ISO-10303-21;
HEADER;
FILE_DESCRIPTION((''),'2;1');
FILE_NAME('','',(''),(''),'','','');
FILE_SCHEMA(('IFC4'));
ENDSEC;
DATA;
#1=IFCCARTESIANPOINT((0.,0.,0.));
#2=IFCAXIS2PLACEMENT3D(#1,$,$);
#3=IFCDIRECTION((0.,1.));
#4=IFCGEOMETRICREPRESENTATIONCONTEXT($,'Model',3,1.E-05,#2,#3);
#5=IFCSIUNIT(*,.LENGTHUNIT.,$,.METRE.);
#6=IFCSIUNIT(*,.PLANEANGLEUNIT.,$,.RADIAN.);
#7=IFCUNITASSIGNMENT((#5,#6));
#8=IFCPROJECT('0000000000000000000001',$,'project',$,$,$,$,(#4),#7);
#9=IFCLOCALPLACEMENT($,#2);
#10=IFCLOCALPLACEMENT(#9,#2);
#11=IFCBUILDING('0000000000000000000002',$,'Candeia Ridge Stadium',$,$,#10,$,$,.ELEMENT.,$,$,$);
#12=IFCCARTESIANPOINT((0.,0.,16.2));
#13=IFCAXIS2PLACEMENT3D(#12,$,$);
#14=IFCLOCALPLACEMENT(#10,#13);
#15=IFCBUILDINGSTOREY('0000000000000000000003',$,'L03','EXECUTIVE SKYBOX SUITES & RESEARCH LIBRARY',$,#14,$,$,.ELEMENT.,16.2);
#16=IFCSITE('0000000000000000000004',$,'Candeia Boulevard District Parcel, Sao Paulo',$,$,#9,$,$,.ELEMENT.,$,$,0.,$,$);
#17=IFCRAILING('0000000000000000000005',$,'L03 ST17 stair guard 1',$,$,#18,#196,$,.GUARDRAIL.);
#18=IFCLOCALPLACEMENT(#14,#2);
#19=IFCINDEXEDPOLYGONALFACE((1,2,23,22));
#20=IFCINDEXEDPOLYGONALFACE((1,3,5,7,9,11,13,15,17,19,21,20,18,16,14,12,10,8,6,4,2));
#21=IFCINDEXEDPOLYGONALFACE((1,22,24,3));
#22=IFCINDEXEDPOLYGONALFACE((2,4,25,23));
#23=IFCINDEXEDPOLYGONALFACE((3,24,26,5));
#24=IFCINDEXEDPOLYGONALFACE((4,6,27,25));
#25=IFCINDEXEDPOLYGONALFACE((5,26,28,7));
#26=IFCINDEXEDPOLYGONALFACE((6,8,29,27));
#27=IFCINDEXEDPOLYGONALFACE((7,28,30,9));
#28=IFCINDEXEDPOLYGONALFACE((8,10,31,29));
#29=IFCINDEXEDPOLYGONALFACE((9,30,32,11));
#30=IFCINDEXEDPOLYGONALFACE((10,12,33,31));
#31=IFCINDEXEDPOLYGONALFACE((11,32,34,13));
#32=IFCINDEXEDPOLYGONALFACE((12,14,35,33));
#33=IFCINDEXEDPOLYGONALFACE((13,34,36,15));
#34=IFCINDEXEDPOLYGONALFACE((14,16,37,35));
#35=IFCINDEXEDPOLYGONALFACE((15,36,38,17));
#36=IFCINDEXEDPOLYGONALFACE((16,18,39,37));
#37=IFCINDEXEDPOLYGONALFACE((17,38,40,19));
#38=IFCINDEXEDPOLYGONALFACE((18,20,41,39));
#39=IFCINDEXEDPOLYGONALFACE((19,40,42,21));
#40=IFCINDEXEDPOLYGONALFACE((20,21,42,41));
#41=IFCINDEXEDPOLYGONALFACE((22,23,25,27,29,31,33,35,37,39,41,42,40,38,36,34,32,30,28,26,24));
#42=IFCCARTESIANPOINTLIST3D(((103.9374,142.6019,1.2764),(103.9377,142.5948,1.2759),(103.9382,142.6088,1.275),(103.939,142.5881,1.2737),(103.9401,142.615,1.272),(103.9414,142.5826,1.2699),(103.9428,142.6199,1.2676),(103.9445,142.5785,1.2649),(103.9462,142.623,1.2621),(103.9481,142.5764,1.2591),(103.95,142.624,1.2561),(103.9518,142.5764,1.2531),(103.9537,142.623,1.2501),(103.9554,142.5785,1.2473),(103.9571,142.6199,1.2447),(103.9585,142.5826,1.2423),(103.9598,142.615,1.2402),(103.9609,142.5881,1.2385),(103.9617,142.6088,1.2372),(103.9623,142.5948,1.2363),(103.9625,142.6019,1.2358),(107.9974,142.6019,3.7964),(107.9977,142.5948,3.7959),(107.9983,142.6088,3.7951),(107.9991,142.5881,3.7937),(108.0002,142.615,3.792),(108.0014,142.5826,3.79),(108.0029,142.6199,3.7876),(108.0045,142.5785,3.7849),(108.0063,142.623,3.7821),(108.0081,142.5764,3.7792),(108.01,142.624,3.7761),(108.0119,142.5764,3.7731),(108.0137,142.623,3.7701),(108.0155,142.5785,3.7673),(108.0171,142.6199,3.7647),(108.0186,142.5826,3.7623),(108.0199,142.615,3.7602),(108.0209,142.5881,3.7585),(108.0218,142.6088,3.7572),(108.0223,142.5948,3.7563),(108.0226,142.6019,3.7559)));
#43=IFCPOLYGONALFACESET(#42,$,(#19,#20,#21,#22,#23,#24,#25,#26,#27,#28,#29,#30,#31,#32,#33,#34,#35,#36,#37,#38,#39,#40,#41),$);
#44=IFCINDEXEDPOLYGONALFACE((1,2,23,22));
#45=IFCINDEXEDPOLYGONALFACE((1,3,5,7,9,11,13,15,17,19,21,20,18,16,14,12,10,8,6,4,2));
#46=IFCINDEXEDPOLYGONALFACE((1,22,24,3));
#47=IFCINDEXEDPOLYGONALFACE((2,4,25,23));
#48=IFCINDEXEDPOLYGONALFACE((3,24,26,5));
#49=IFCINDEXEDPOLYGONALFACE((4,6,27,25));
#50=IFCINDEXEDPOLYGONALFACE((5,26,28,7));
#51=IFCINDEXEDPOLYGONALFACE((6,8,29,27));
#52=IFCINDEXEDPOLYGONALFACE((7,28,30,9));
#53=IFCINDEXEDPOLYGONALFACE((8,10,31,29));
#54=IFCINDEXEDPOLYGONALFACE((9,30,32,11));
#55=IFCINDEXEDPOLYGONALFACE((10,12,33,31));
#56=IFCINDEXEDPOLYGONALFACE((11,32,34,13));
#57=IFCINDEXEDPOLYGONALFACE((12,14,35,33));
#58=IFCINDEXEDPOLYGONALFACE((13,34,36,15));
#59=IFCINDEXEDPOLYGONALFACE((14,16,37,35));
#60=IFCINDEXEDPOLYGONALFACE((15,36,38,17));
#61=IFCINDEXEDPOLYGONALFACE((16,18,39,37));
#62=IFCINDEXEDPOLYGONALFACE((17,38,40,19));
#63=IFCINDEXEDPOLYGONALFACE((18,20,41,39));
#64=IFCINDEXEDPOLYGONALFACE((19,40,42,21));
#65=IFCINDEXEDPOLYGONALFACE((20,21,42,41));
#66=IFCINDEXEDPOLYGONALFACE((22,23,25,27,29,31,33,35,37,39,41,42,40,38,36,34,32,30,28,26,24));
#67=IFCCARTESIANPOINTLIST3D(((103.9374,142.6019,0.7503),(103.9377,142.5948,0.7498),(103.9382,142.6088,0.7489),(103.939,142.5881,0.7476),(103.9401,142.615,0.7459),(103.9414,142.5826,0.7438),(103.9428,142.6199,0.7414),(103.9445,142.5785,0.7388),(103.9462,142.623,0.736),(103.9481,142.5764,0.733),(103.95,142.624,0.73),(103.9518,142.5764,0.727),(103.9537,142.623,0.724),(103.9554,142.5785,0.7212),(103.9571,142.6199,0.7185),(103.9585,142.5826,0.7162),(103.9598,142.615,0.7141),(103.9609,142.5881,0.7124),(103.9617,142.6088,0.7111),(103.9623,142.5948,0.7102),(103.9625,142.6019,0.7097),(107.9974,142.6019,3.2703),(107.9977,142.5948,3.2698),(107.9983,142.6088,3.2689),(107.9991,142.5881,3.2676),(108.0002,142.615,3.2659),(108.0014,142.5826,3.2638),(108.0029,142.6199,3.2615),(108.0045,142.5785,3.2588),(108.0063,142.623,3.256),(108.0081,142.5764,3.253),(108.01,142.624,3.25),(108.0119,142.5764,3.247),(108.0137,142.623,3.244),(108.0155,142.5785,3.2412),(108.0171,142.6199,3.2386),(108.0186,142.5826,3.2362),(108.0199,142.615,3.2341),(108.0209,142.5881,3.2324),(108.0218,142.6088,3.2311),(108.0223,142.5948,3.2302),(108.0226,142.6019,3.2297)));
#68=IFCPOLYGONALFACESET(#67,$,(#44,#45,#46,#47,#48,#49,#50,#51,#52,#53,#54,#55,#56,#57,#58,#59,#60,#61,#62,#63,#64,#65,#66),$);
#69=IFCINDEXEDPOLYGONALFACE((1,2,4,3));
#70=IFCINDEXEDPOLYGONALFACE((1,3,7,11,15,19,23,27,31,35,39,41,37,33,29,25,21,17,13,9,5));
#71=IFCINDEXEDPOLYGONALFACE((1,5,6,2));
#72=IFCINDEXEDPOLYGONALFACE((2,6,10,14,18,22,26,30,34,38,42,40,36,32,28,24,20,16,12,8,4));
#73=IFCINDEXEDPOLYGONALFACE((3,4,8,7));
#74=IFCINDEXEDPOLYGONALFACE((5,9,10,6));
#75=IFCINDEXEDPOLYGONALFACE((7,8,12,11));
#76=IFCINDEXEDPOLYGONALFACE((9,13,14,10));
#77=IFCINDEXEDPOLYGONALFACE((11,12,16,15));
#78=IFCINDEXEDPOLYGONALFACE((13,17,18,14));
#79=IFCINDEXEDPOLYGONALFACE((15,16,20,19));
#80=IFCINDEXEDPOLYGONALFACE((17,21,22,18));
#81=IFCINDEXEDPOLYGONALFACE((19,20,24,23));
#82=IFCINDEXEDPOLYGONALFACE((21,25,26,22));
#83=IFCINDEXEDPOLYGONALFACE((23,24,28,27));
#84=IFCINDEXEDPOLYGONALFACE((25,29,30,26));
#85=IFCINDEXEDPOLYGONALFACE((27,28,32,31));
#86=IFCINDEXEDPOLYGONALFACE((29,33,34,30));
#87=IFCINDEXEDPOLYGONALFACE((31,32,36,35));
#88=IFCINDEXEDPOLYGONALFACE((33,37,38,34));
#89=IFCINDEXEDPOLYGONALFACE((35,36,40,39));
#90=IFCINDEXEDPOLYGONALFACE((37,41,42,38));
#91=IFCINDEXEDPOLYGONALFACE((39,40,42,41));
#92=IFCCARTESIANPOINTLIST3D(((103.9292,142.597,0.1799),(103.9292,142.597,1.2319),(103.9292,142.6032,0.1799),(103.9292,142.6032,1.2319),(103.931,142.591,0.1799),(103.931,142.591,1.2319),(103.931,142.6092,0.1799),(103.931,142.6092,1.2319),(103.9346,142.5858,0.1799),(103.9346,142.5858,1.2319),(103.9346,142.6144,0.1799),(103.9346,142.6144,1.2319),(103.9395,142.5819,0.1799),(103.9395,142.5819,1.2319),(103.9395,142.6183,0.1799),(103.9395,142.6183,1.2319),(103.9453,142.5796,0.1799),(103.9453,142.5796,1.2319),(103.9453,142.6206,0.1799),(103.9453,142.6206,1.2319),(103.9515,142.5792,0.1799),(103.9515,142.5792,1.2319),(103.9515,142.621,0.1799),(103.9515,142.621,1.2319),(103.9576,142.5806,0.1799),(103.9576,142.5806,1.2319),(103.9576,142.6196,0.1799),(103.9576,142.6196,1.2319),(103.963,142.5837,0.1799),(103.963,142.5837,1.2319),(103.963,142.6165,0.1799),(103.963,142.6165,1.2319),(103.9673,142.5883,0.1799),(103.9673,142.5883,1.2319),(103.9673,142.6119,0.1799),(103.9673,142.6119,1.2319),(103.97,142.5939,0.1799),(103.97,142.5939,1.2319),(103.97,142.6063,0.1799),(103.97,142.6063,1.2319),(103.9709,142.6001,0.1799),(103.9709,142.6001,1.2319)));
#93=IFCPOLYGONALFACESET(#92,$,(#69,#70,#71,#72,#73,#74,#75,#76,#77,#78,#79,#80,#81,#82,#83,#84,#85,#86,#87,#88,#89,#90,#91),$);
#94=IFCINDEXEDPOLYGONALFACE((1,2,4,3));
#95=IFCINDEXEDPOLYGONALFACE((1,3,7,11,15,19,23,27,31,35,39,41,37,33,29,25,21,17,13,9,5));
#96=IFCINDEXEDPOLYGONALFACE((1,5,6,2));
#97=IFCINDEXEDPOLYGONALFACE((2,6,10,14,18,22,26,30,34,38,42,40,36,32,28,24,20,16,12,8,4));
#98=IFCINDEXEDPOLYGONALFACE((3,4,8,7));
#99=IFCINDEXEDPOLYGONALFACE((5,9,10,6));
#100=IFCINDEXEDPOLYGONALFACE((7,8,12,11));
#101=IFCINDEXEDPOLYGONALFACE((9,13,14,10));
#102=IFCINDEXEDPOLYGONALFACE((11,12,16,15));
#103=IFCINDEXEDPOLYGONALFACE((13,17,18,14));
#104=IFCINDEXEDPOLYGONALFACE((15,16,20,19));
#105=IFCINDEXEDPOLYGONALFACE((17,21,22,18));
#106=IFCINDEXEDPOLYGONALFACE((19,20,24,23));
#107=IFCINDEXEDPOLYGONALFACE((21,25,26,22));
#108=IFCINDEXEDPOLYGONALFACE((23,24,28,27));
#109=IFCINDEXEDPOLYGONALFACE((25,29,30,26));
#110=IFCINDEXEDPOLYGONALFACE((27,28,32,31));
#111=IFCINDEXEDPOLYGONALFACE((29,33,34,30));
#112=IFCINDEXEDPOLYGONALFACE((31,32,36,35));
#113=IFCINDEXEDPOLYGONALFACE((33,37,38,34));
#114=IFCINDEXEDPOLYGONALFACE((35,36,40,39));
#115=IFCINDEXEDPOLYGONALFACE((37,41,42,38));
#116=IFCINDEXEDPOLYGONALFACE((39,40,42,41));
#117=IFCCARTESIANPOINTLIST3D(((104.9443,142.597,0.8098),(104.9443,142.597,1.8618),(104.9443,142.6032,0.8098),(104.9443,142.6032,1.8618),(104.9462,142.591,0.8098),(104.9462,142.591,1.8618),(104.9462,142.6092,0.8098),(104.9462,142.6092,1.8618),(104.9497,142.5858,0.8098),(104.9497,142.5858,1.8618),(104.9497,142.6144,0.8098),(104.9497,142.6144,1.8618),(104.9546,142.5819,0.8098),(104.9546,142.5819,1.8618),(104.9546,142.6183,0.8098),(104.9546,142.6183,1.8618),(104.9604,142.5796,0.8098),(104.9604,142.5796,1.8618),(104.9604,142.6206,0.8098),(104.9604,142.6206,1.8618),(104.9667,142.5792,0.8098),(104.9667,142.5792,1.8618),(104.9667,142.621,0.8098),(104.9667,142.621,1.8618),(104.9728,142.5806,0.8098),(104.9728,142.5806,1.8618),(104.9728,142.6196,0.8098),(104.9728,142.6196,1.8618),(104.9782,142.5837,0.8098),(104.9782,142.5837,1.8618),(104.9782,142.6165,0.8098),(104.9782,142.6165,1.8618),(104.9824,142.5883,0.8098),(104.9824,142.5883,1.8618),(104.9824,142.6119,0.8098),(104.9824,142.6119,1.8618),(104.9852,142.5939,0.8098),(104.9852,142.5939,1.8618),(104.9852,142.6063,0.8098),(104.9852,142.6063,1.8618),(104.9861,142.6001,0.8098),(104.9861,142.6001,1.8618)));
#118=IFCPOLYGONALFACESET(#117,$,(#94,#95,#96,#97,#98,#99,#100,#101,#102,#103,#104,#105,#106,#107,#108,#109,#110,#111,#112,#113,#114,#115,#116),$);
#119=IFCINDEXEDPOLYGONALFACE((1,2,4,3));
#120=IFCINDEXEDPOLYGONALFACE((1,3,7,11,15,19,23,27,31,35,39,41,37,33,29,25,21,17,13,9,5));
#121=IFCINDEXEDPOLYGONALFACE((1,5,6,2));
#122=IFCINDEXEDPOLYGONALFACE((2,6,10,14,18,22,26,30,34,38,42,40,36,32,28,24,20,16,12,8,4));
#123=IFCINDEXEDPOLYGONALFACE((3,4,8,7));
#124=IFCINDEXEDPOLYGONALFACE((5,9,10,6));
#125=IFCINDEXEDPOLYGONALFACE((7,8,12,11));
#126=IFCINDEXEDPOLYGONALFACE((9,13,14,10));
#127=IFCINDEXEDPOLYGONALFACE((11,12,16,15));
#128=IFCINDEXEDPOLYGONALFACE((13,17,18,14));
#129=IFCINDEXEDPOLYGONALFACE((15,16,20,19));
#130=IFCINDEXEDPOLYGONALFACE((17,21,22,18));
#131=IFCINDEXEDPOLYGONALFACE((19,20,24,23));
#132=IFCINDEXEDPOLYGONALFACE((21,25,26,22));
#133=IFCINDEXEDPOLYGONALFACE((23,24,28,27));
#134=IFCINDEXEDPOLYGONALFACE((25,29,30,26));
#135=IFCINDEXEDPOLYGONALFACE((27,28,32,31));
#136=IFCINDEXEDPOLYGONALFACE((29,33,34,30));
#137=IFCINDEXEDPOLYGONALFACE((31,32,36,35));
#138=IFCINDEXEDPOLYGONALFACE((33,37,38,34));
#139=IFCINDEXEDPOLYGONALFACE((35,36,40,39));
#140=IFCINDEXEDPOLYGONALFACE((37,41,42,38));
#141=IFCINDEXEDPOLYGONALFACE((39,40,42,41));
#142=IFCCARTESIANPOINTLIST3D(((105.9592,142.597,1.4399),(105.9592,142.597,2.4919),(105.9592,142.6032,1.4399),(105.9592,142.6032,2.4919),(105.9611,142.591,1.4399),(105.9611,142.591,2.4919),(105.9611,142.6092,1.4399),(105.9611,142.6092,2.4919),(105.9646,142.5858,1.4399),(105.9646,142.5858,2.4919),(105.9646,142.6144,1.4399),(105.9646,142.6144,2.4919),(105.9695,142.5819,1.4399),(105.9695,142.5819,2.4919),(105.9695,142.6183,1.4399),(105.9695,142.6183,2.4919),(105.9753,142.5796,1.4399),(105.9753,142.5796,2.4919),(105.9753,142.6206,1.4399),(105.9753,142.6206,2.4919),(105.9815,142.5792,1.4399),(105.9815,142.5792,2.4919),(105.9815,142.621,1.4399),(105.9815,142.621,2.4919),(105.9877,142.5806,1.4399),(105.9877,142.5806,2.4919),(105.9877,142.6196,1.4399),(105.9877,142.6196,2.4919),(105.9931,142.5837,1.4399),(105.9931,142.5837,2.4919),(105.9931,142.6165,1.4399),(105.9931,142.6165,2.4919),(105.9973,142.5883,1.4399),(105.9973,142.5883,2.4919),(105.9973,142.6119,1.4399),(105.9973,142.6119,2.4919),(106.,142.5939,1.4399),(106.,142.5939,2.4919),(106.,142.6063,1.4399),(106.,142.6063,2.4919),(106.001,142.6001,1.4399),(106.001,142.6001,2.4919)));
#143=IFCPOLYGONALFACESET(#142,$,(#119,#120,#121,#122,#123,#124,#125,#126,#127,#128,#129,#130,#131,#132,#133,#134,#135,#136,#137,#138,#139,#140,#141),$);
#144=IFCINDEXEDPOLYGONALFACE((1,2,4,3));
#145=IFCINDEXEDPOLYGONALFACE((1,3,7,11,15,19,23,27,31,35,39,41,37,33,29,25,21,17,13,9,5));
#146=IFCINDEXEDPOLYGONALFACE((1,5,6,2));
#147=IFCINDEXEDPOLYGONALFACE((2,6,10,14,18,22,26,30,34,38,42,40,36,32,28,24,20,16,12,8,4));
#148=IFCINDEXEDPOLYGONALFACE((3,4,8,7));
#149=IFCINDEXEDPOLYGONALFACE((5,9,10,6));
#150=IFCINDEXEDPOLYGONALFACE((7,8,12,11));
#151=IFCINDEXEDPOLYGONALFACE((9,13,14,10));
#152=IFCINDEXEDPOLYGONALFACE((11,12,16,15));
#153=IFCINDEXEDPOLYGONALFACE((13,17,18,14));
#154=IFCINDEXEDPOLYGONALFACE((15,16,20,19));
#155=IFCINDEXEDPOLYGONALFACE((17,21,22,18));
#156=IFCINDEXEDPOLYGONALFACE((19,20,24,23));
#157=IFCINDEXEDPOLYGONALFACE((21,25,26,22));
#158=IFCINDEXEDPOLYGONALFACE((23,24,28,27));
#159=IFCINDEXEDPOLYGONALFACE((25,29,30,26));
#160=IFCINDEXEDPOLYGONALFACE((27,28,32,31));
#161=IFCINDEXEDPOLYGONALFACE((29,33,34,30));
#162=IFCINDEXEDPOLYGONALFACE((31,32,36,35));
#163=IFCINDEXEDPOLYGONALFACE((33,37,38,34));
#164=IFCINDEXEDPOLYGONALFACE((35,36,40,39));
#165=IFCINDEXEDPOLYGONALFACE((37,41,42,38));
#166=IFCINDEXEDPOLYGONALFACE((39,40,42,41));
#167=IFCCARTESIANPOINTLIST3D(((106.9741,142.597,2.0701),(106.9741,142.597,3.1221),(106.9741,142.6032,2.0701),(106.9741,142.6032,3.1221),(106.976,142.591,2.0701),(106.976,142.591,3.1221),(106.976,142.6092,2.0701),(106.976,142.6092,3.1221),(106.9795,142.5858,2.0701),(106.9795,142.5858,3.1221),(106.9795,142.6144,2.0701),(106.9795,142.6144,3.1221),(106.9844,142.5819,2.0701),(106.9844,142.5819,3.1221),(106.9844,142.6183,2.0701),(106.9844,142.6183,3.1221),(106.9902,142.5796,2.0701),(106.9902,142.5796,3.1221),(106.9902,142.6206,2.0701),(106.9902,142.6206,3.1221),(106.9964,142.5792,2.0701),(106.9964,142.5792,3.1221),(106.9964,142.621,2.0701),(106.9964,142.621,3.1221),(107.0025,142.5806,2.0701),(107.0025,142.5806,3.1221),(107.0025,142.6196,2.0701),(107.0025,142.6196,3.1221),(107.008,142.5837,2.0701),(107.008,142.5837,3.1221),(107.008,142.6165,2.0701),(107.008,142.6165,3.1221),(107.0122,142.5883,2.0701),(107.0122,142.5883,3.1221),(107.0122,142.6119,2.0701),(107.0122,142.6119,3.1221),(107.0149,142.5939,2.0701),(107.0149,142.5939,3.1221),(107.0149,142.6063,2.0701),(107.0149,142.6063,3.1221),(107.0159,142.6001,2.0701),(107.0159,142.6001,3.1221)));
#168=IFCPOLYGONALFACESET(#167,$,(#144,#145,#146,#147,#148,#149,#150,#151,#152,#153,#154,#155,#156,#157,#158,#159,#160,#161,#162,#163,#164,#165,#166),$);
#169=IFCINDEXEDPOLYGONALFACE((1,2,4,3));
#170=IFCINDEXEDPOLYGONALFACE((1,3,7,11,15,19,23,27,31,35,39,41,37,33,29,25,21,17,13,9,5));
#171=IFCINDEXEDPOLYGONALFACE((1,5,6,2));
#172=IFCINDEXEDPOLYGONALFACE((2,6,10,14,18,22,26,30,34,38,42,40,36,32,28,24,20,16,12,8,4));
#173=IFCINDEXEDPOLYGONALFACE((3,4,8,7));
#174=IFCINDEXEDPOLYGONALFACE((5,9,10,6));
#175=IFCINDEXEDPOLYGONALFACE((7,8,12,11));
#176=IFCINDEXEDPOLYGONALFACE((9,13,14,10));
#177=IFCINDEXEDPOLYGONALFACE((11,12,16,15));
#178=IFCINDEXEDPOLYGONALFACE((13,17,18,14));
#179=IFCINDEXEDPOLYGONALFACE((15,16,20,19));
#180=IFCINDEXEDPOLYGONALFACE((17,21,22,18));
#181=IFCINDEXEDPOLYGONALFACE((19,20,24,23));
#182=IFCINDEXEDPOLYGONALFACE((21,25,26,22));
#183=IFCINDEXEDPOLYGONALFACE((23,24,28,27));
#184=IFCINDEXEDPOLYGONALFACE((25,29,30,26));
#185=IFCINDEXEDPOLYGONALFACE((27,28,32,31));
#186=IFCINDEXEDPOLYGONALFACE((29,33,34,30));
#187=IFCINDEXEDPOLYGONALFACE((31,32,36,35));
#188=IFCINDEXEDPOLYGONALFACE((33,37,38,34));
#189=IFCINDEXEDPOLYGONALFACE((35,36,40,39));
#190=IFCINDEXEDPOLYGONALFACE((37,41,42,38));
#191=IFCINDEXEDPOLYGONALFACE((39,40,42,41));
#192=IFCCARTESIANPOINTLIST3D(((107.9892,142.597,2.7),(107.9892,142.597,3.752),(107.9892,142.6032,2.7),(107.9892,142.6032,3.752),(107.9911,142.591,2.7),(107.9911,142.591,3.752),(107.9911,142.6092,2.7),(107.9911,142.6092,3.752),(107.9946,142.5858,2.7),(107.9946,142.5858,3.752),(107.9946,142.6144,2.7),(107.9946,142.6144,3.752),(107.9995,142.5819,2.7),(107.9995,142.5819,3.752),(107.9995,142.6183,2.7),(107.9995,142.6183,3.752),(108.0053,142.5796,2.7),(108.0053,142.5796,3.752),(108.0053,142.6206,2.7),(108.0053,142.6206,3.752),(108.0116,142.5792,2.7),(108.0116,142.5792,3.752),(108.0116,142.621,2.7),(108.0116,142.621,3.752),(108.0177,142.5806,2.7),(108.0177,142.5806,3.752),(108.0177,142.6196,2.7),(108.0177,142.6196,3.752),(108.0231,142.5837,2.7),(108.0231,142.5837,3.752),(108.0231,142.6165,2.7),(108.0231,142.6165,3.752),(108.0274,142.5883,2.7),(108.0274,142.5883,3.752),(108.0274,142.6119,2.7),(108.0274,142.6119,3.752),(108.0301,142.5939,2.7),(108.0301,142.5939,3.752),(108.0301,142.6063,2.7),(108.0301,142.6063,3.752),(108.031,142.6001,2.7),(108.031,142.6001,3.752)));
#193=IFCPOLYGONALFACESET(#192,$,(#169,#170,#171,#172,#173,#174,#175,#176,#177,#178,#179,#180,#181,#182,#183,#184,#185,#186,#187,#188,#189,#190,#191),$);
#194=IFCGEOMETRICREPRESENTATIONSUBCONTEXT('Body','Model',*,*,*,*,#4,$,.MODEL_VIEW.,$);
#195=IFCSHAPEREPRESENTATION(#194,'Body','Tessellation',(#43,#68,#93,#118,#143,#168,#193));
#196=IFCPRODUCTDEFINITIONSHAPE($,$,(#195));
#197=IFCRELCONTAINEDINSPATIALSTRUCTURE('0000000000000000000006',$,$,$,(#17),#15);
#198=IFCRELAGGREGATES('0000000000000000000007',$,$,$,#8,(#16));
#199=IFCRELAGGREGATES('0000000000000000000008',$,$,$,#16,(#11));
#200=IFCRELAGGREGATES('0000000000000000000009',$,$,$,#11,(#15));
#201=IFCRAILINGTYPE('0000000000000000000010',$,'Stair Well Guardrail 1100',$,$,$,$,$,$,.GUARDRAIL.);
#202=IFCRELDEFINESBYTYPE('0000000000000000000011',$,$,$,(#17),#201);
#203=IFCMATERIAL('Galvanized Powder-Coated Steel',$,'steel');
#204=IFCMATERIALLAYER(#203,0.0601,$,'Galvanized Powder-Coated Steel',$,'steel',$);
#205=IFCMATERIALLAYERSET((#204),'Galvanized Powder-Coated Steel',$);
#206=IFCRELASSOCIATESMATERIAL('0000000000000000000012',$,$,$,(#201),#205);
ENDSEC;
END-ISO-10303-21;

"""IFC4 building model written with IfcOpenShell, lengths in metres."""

from ifc_helpers import new_model, si_unit, direction, frame, origin, origin_2d, place, context, subcontext, project, spatial, circle, extrude, material, layer, layer_set, type_object, element, save


model = new_model("IFC4")

# Units and contexts
model_context = context("Model", 3, precision=1e-05, world=origin(), true_north=direction((0.0, 1.0)))
body_context = subcontext(model_context, "Body", "Model", "MODEL_VIEW")
ifc_project = project(units=[si_unit("LENGTHUNIT", "METRE"), si_unit("PLANEANGLEUNIT", "RADIAN")], contexts=[model_context])

# Site, building, storey
site_placement = place(None, origin())
site = spatial("IfcSite", under=ifc_project, at=site_placement, Name="Candeia Boulevard District Parcel, Sao Paulo", CompositionType="ELEMENT", RefElevation=0.0)
building_placement = place(site_placement, origin())
building = spatial("IfcBuilding", under=site, at=building_placement, Name="Candeia Ridge Stadium", CompositionType="ELEMENT")
storey_placement = place(building_placement, frame((0.0, 0.0, 16.2)))
storey = spatial("IfcBuildingStorey", under=building, at=storey_placement, Name="L03", Description="EXECUTIVE SKYBOX SUITES & RESEARCH LIBRARY", CompositionType="ELEMENT", Elevation=16.2)

# Railing
ifc_material_1 = material(Name="Galvanized Powder-Coated Steel", Category="steel")
ifc_layer_1 = layer(ifc_material_1, 0.0601, Name="Galvanized Powder-Coated Steel", Category="steel")
ifc_layer_set_1 = layer_set([ifc_layer_1], Name="Galvanized Powder-Coated Steel")
railing_type_1 = type_object("IfcRailingType", Name="Stair Well Guardrail 1100", PredefinedType="GUARDRAIL", material=ifc_layer_set_1)
railing_1_placement = place(storey_placement, frame((103.95, 142.6001, 0.1799)))
element("IfcRailing", 1, at=railing_1_placement, inside=storey, type_object=railing_type_1, Name="L03 ST17 stair guard 1", PredefinedType="GUARDRAIL", context=body_context, shape_type="SweptSolid", body=[
    extrude(circle(Radius=0.0239, at=origin_2d()), frame((0.0, 0.0, 1.0762), z_axis=(0.849642, 0.0, 0.52736), x_axis=(0.0, 1.0, 0.0)), (0.0, 0.0, 1.0), 4.7786),
    extrude(circle(Radius=0.0239, at=origin_2d()), frame((0.0, 0.0, 0.55), z_axis=(0.849642, 0.0, 0.52736), x_axis=(0.0, 1.0, 0.0)), (0.0, 0.0, 1.0), 4.7786),
    extrude(circle(Radius=0.021, at=origin_2d()), origin(), (0.0, 0.0, 1.0), 1.052),
    extrude(circle(Radius=0.021, at=origin_2d()), frame((1.0151, 0.0, 0.6299)), (0.0, 0.0, 1.0), 1.052),
    extrude(circle(Radius=0.021, at=origin_2d()), frame((2.03, 0.0, 1.26)), (0.0, 0.0, 1.0), 1.052),
    extrude(circle(Radius=0.021, at=origin_2d()), frame((3.0449, 0.0, 1.8901)), (0.0, 0.0, 1.0), 1.052),
    extrude(circle(Radius=0.021, at=origin_2d()), frame((4.0601, 0.0, 2.52)), (0.0, 0.0, 1.0), 1.052),
])

save(model, "model.ifc")
